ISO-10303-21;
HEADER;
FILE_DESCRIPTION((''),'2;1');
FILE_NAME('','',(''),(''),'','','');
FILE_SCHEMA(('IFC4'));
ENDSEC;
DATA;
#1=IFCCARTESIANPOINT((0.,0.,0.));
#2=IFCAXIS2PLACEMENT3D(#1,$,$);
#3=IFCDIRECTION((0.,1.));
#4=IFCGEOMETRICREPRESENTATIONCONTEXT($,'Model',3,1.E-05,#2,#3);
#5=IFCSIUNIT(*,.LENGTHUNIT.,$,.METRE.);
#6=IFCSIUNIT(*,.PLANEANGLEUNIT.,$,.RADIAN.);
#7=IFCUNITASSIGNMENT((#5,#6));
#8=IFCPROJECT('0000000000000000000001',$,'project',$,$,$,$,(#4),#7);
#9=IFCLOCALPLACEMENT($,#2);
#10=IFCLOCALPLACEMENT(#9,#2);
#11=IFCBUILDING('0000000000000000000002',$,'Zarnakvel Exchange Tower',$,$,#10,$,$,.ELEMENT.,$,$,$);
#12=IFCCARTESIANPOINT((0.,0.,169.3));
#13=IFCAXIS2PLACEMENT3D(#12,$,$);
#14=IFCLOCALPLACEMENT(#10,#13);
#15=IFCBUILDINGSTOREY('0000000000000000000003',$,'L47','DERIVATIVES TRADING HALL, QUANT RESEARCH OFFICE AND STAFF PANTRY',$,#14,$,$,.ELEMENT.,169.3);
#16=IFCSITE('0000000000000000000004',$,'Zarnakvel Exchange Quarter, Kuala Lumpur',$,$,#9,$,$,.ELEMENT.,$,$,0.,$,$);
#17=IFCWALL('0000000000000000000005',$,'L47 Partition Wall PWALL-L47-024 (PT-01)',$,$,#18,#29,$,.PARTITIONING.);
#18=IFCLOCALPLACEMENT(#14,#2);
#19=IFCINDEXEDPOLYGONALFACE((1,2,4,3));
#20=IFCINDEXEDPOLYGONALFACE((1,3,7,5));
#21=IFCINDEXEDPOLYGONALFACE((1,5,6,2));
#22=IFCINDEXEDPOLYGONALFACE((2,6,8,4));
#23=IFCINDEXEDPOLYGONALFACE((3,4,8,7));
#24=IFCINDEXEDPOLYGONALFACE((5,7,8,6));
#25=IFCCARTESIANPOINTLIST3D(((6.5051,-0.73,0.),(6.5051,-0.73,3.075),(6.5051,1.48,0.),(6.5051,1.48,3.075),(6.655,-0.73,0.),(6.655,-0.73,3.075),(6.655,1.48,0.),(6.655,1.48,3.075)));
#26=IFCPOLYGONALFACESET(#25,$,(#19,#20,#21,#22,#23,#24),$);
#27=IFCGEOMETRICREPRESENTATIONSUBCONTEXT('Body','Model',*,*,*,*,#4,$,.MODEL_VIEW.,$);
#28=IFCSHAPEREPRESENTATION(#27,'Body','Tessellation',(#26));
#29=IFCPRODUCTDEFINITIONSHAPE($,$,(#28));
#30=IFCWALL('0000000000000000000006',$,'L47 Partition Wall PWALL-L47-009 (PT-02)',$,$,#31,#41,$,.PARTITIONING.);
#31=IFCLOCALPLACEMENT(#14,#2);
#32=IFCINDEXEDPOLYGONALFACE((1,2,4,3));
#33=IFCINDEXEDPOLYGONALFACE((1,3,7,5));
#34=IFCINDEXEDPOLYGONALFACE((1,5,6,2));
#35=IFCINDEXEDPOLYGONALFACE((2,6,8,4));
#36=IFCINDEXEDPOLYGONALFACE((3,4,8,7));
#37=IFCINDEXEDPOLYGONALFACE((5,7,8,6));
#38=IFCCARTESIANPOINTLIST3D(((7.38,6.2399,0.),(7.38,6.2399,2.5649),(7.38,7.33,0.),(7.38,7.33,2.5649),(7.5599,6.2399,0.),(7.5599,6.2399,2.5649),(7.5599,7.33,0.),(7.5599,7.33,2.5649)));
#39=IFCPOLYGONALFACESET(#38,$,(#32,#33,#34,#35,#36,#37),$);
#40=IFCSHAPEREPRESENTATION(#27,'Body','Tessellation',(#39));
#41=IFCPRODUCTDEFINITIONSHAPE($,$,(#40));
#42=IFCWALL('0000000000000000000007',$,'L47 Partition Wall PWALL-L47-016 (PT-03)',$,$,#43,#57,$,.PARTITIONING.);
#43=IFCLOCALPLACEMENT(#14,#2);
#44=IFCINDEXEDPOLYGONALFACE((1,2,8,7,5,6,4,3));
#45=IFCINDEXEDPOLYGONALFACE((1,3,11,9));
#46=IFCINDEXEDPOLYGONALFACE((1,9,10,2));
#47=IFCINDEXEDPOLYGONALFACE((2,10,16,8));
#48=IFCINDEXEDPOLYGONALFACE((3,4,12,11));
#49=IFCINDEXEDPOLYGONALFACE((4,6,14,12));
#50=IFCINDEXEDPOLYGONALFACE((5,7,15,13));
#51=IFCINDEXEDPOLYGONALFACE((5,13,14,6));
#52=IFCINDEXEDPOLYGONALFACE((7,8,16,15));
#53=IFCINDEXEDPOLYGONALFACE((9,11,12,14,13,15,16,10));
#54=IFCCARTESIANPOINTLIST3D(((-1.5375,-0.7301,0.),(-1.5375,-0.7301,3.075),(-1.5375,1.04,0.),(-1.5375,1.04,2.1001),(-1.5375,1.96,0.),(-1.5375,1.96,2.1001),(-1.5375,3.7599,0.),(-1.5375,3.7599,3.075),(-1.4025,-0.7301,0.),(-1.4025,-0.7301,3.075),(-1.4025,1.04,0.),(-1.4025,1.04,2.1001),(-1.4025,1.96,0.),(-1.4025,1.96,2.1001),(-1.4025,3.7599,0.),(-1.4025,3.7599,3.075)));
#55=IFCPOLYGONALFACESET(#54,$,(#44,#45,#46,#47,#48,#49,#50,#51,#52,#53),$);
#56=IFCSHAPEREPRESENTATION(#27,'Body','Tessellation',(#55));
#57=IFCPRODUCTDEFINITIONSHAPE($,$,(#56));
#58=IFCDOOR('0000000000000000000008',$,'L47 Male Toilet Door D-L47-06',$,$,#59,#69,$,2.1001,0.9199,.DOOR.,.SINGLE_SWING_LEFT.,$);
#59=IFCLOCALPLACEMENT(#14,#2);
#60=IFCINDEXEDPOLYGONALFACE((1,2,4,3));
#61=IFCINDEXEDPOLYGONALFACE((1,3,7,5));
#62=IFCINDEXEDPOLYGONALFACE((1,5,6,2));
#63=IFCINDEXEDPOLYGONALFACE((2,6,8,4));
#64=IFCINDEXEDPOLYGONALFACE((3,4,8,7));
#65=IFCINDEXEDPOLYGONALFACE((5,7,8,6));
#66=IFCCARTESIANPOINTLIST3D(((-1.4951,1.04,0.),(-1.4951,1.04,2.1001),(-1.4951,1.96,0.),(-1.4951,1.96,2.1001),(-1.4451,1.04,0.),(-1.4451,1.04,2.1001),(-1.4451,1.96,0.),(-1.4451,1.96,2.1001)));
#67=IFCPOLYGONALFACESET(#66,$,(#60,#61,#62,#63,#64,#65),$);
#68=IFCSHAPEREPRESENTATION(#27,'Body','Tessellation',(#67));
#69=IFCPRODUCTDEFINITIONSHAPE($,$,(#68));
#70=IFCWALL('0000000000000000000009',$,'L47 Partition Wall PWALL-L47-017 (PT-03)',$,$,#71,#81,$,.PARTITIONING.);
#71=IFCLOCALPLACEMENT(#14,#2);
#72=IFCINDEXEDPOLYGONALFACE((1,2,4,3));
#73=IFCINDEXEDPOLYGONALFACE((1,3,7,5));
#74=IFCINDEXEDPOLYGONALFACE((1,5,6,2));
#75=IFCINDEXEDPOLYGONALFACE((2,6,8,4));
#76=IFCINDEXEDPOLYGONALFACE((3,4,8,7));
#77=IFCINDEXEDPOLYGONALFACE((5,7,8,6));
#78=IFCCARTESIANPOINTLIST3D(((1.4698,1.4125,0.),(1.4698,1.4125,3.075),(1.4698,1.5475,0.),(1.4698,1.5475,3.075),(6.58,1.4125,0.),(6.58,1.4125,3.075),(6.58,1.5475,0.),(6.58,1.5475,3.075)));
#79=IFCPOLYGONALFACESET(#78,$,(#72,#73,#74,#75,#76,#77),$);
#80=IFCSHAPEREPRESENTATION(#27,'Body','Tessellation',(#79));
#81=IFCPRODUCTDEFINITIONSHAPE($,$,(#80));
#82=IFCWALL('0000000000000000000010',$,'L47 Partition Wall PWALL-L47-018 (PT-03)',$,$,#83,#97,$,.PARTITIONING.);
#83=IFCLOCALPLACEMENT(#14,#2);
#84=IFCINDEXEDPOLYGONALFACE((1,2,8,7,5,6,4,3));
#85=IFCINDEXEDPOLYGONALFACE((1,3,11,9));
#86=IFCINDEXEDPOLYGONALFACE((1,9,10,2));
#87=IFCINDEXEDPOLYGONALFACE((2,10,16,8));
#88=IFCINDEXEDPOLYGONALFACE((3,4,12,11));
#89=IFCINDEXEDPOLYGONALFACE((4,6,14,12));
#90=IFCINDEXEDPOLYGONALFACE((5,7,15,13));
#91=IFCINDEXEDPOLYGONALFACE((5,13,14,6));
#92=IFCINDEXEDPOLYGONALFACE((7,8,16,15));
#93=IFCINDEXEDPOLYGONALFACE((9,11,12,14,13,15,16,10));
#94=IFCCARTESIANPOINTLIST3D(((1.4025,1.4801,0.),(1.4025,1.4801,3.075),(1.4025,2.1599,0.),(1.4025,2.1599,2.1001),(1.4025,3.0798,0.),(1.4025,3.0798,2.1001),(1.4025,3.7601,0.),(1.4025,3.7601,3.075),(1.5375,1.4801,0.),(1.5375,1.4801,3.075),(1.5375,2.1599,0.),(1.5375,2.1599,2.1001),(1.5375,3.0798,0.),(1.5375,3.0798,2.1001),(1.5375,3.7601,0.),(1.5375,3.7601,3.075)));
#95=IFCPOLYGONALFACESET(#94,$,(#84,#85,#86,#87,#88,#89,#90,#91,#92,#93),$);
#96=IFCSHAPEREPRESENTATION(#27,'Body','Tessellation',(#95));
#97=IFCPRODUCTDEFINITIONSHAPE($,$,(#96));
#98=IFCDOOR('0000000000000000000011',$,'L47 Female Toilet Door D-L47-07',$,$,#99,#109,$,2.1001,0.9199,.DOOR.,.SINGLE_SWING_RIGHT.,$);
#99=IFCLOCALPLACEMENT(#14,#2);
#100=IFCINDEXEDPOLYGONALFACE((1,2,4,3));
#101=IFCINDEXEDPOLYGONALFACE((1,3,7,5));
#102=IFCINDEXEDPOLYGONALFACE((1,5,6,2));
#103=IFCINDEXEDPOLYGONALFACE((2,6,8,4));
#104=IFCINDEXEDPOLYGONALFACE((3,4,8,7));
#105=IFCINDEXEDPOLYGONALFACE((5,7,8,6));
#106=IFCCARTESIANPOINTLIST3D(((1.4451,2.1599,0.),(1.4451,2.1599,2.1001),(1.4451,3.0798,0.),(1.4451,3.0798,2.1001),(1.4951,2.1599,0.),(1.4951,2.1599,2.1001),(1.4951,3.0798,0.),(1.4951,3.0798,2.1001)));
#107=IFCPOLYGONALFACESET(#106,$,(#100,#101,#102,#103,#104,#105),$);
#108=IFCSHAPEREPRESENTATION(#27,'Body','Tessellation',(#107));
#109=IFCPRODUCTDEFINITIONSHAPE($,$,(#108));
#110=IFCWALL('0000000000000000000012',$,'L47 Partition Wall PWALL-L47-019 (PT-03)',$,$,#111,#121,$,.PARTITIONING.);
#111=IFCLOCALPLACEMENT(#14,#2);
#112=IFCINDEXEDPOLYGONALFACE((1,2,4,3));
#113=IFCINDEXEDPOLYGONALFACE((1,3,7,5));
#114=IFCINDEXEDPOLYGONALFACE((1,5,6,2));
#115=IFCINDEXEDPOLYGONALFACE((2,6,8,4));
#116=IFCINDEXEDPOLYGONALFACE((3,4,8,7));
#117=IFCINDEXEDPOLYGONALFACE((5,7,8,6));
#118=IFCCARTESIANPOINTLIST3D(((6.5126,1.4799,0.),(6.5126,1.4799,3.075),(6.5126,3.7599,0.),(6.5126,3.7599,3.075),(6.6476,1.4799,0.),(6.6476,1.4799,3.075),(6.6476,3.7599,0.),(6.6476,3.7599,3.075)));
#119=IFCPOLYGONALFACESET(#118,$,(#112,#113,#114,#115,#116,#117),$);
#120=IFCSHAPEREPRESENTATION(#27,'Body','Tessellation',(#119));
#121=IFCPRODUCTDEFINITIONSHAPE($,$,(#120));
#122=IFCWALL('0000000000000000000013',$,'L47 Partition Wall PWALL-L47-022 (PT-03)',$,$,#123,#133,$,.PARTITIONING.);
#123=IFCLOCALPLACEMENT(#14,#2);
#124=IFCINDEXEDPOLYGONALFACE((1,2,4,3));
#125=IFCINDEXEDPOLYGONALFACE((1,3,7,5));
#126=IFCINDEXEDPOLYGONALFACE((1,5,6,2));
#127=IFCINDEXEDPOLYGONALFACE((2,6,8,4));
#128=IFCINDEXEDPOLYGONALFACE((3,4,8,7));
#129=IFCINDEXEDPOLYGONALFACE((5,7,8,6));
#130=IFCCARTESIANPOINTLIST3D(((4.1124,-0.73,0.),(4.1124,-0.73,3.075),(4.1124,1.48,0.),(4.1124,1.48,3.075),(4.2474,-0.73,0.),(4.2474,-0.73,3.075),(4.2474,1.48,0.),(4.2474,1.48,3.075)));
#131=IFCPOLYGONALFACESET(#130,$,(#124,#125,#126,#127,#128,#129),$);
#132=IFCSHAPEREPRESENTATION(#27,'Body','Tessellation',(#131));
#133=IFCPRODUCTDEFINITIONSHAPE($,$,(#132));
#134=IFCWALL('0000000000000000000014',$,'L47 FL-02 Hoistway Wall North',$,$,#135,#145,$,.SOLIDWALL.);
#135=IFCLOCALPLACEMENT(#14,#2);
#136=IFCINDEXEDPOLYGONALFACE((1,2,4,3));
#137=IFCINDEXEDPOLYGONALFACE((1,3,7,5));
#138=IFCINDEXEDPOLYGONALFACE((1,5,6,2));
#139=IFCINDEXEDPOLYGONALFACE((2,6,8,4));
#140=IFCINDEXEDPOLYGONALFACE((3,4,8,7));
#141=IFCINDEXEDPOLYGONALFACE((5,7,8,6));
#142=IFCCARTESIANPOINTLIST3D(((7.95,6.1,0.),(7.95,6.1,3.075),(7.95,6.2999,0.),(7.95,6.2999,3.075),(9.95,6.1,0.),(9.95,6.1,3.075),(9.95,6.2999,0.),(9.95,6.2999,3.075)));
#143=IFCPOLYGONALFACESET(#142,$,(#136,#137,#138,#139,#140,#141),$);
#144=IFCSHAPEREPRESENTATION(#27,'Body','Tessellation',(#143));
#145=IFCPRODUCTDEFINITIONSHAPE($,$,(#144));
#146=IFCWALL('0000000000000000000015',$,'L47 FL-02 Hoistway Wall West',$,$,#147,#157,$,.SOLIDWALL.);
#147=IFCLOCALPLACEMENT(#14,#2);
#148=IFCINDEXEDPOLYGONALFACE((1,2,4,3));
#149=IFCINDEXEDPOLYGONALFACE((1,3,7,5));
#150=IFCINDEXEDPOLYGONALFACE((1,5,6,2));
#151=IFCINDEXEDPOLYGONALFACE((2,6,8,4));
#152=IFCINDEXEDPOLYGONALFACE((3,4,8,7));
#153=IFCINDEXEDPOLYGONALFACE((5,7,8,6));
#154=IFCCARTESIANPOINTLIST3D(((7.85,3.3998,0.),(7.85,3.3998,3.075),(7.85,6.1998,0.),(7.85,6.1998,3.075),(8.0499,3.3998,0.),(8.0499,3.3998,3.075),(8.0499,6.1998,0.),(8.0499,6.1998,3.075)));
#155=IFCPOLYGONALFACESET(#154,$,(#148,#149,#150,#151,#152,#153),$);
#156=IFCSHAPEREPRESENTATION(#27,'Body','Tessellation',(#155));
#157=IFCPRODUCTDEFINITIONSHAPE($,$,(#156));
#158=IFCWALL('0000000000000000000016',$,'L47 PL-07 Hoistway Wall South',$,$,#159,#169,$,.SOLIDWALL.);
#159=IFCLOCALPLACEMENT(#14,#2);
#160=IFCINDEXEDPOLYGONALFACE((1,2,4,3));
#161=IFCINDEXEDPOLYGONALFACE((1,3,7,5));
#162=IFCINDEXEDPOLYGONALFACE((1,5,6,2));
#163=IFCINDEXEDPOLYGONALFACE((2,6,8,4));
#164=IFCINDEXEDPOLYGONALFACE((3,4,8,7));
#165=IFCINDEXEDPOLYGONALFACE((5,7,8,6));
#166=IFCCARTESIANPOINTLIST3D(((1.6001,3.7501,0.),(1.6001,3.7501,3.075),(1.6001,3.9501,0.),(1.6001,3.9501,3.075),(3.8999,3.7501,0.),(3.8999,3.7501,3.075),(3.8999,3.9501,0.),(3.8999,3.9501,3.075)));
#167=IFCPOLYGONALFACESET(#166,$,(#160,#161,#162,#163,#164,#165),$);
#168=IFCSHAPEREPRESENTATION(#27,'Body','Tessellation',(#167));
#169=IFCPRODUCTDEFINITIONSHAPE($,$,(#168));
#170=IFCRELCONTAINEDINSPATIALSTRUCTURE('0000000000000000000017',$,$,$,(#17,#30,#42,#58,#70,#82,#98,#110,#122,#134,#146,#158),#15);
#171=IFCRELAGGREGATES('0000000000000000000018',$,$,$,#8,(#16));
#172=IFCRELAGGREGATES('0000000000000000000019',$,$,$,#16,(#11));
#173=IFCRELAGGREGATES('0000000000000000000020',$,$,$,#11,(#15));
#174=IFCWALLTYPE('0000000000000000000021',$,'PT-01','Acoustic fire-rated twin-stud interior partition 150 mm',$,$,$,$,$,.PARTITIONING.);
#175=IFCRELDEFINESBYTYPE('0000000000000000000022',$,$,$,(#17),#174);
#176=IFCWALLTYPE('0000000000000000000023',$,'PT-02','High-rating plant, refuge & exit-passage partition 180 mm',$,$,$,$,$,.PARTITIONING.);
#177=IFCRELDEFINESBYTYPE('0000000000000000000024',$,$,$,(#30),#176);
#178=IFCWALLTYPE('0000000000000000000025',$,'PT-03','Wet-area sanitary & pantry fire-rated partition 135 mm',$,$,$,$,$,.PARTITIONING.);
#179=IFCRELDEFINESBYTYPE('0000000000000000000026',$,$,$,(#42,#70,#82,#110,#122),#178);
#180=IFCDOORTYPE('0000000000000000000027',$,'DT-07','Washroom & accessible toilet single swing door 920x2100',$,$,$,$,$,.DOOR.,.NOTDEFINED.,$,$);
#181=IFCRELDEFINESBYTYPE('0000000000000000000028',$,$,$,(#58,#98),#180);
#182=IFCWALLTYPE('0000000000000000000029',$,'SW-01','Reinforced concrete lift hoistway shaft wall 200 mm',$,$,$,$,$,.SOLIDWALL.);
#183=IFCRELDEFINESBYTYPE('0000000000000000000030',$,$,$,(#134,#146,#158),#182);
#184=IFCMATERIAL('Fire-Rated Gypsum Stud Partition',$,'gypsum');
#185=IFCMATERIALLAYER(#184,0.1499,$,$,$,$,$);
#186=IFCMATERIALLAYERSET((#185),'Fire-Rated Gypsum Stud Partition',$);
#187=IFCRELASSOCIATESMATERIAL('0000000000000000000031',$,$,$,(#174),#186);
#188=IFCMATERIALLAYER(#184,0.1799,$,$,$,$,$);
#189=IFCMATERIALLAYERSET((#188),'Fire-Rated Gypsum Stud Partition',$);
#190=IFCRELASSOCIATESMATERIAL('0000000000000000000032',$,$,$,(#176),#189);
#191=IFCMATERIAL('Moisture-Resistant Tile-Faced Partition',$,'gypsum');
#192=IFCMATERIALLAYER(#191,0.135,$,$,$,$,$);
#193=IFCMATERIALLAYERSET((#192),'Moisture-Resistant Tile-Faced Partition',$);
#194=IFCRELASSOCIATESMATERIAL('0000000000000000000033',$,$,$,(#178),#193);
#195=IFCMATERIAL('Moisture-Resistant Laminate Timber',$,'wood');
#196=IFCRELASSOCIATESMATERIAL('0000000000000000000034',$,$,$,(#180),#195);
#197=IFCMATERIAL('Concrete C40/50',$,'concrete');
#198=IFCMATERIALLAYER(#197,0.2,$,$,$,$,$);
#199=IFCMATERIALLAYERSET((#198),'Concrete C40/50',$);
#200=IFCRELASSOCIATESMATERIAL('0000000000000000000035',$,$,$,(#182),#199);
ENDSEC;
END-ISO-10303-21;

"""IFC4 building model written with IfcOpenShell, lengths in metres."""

from ifc_helpers import new_model, si_unit, direction, frame, frame_2d, origin, place, context, subcontext, project, spatial, rectangle, extrude, source, transform, mapped, material, layer, layer_set, type_object, element, fill, save


model = new_model("IFC4")

# Units and contexts
model_context = context("Model", 3, precision=1e-05, world=origin(), true_north=direction((0.0, 1.0)))
body_context = subcontext(model_context, "Body", "Model", "MODEL_VIEW")
ifc_project = project(units=[si_unit("LENGTHUNIT", "METRE"), si_unit("PLANEANGLEUNIT", "RADIAN")], contexts=[model_context])

# Site, building, storey
site_placement = place(None, origin())
site = spatial("IfcSite", under=ifc_project, at=site_placement, Name="Zarnakvel Exchange Quarter, Kuala Lumpur", CompositionType="ELEMENT", RefElevation=0.0)
building_placement = place(site_placement, origin())
building = spatial("IfcBuilding", under=site, at=building_placement, Name="Zarnakvel Exchange Tower", CompositionType="ELEMENT")
storey_placement = place(building_placement, frame((0.0, 0.0, 169.3)))
storey = spatial("IfcBuildingStorey", under=building, at=storey_placement, Name="L47", Description="DERIVATIVES TRADING HALL, QUANT RESEARCH OFFICE AND STAFF PANTRY", CompositionType="ELEMENT", Elevation=169.3)

# Walls
ifc_material_1 = material(Name="Fire-Rated Gypsum Stud Partition", Category="gypsum")
ifc_layer_1 = layer(ifc_material_1, 0.1499)
ifc_layer_set_1 = layer_set([ifc_layer_1], Name="Fire-Rated Gypsum Stud Partition")
wall_type_1 = type_object("IfcWallType", Name="PT-01", Description="Acoustic fire-rated twin-stud interior partition 150 mm", PredefinedType="PARTITIONING", material=ifc_layer_set_1)
wall_1_placement = place(storey_placement, frame((6.5801, 1.48, 0.0), z_axis=(0.0, 0.0, 1.0), x_axis=(0.0, -1.0, 0.0)))
element("IfcWall", 1, at=wall_1_placement, inside=storey, type_object=wall_type_1, Name="L47 Partition Wall PWALL-L47-024 (PT-01)", PredefinedType="PARTITIONING", context=body_context, shape_type="SweptSolid", body=[
    extrude(rectangle(XDim=2.21, YDim=0.1499, at=frame_2d((1.105, 0.0))), origin(), (0.0, 0.0, 1.0), 3.075),
])
ifc_layer_2 = layer(ifc_material_1, 0.1799)
ifc_layer_set_2 = layer_set([ifc_layer_2], Name="Fire-Rated Gypsum Stud Partition")
wall_type_2 = type_object("IfcWallType", Name="PT-02", Description="High-rating plant, refuge & exit-passage partition 180 mm", PredefinedType="PARTITIONING", material=ifc_layer_set_2)
wall_2_placement = place(storey_placement, frame((7.47, 6.24, 0.0), z_axis=(0.0, 0.0, 1.0), x_axis=(0.0, 1.0, 0.0)))
element("IfcWall", 2, at=wall_2_placement, inside=storey, type_object=wall_type_2, Name="L47 Partition Wall PWALL-L47-009 (PT-02)", PredefinedType="PARTITIONING", context=body_context, shape_type="SweptSolid", body=[
    extrude(rectangle(XDim=1.0901, YDim=0.1799, at=frame_2d((0.5449, 0.0))), origin(), (0.0, 0.0, 1.0), 2.5649),
])

# Wall, opening, door
ifc_material_2 = material(Name="Moisture-Resistant Tile-Faced Partition", Category="gypsum")
ifc_layer_3 = layer(ifc_material_2, 0.135)
ifc_layer_set_3 = layer_set([ifc_layer_3], Name="Moisture-Resistant Tile-Faced Partition")
wall_type_3 = type_object("IfcWallType", Name="PT-03", Description="Wet-area sanitary & pantry fire-rated partition 135 mm", PredefinedType="PARTITIONING", material=ifc_layer_set_3)
wall_3_placement = place(storey_placement, frame((-1.47, 3.76, 0.0), z_axis=(0.0, 0.0, 1.0), x_axis=(0.0, -1.0, 0.0)))
wall_3 = element("IfcWall", 3, at=wall_3_placement, inside=storey, type_object=wall_type_3, Name="L47 Partition Wall PWALL-L47-016 (PT-03)", PredefinedType="PARTITIONING", context=body_context, shape_type="SweptSolid", body=[
    extrude(rectangle(XDim=4.49, YDim=0.135, at=frame_2d((2.2451, 0.0))), origin(), (0.0, 0.0, 1.0), 3.075),
])
opening_1_placement = place(wall_3_placement, frame((1.8, 0.0, 0.0)))
opening_1 = element("IfcOpeningElement", 4, at=opening_1_placement, cuts=wall_3, PredefinedType="OPENING", context=body_context, shape_type="SweptSolid", body=[
    extrude(rectangle(XDim=0.9199, YDim=2.1001, at=frame_2d((0.46, 1.05))), frame((0.0, 0.0774, 0.0), z_axis=(0.0, -1.0, 0.0), x_axis=(1.0, 0.0, 0.0)), (0.0, 0.0, 1.0), 0.155),
])
ifc_material_3 = material(Name="Moisture-Resistant Laminate Timber", Category="wood")
door_type_1 = type_object("IfcDoorType", Name="DT-07", Description="Washroom & accessible toilet single swing door 920x2100", OperationType="NOTDEFINED", PredefinedType="DOOR", material=ifc_material_3)
shared_shape_1 = source(origin(), body_context, "Body", "SweptSolid", [
    extrude(rectangle(XDim=0.9199, YDim=2.1001, at=frame_2d((0.46, 1.05))), frame((0.0, 0.0249, 0.0), z_axis=(0.0, -1.0, 0.0), x_axis=(1.0, 0.0, 0.0)), (0.0, 0.0, 1.0), 0.05),
])
door_1_placement = place(opening_1_placement, origin())
door_1 = element("IfcDoor", 5, at=door_1_placement, inside=storey, type_object=door_type_1, Name="L47 Male Toilet Door D-L47-06", OperationType="SINGLE_SWING_LEFT", OverallHeight=2.1001, OverallWidth=0.9199, PredefinedType="DOOR", context=body_context, shape_type="MappedRepresentation", body=[
    mapped(shared_shape_1, transform((0.0, 0.0, 0.0), x_axis=(1.0, 0.0, 0.0), y_axis=(0.0, 1.0, 0.0), z_axis=(0.0, 0.0, 1.0), scale=1.0)),
])
fill(opening_1, door_1)

# Wall
wall_4_placement = place(storey_placement, frame((6.5801, 1.48, 0.0), z_axis=(0.0, 0.0, 1.0), x_axis=(-1.0, 0.0, 0.0)))
element("IfcWall", 6, at=wall_4_placement, inside=storey, type_object=wall_type_3, Name="L47 Partition Wall PWALL-L47-017 (PT-03)", PredefinedType="PARTITIONING", context=body_context, shape_type="SweptSolid", body=[
    extrude(rectangle(XDim=5.1101, YDim=0.135, at=frame_2d((2.5552, 0.0))), origin(), (0.0, 0.0, 1.0), 3.075),
])

# Wall, opening, door
wall_5_placement = place(storey_placement, frame((1.47, 1.48, 0.0), z_axis=(0.0, 0.0, 1.0), x_axis=(0.0, 1.0, 0.0)))
wall_5 = element("IfcWall", 7, at=wall_5_placement, inside=storey, type_object=wall_type_3, Name="L47 Partition Wall PWALL-L47-018 (PT-03)", PredefinedType="PARTITIONING", context=body_context, shape_type="SweptSolid", body=[
    extrude(rectangle(XDim=2.28, YDim=0.135, at=frame_2d((1.1401, 0.0))), origin(), (0.0, 0.0, 1.0), 3.075),
])
opening_2_placement = place(wall_5_placement, frame((0.6799, 0.0, 0.0)))
opening_2 = element("IfcOpeningElement", 8, at=opening_2_placement, cuts=wall_5, PredefinedType="OPENING", context=body_context, shape_type="SweptSolid", body=[
    extrude(rectangle(XDim=0.9199, YDim=2.1001, at=frame_2d((0.46, 1.05))), frame((0.0, 0.0774, 0.0), z_axis=(0.0, -1.0, 0.0), x_axis=(1.0, 0.0, 0.0)), (0.0, 0.0, 1.0), 0.155),
])
door_2_placement = place(opening_2_placement, origin())
door_2 = element("IfcDoor", 9, at=door_2_placement, inside=storey, type_object=door_type_1, Name="L47 Female Toilet Door D-L47-07", OperationType="SINGLE_SWING_RIGHT", OverallHeight=2.1001, OverallWidth=0.9199, PredefinedType="DOOR", context=body_context, shape_type="MappedRepresentation", body=[
    mapped(shared_shape_1, transform((0.0, 0.0, 0.0), x_axis=(1.0, 0.0, 0.0), y_axis=(0.0, 1.0, 0.0), z_axis=(0.0, 0.0, 1.0), scale=1.0)),
])
fill(opening_2, door_2)

# Walls
wall_6_placement = place(storey_placement, frame((6.5801, 3.76, 0.0), z_axis=(0.0, 0.0, 1.0), x_axis=(0.0, -1.0, 0.0)))
element("IfcWall", 10, at=wall_6_placement, inside=storey, type_object=wall_type_3, Name="L47 Partition Wall PWALL-L47-019 (PT-03)", PredefinedType="PARTITIONING", context=body_context, shape_type="SweptSolid", body=[
    extrude(rectangle(XDim=2.28, YDim=0.135, at=frame_2d((1.1401, 0.0))), origin(), (0.0, 0.0, 1.0), 3.075),
])
wall_7_placement = place(storey_placement, frame((4.1799, 1.48, 0.0), z_axis=(0.0, 0.0, 1.0), x_axis=(0.0, -1.0, 0.0)))
element("IfcWall", 11, at=wall_7_placement, inside=storey, type_object=wall_type_3, Name="L47 Partition Wall PWALL-L47-022 (PT-03)", PredefinedType="PARTITIONING", context=body_context, shape_type="SweptSolid", body=[
    extrude(rectangle(XDim=2.21, YDim=0.135, at=frame_2d((1.105, 0.0))), origin(), (0.0, 0.0, 1.0), 3.075),
])
ifc_material_4 = material(Name="Concrete C40/50", Category="concrete")
ifc_layer_4 = layer(ifc_material_4, 0.2)
ifc_layer_set_4 = layer_set([ifc_layer_4], Name="Concrete C40/50")
wall_type_4 = type_object("IfcWallType", Name="SW-01", Description="Reinforced concrete lift hoistway shaft wall 200 mm", PredefinedType="SOLIDWALL", material=ifc_layer_set_4)
wall_8_placement = place(storey_placement, frame((7.95, 6.2, 0.0), z_axis=(0.0, 0.0, 1.0), x_axis=(1.0, 0.0, 0.0)))
element("IfcWall", 12, at=wall_8_placement, inside=storey, type_object=wall_type_4, Name="L47 FL-02 Hoistway Wall North", PredefinedType="SOLIDWALL", context=body_context, shape_type="SweptSolid", body=[
    extrude(rectangle(XDim=2.0, YDim=0.2, at=frame_2d((1.0, 0.0))), origin(), (0.0, 0.0, 1.0), 3.075),
])
wall_9_placement = place(storey_placement, frame((7.95, 3.3999, 0.0), z_axis=(0.0, 0.0, 1.0), x_axis=(0.0, 1.0, 0.0)))
element("IfcWall", 13, at=wall_9_placement, inside=storey, type_object=wall_type_4, Name="L47 FL-02 Hoistway Wall West", PredefinedType="SOLIDWALL", context=body_context, shape_type="SweptSolid", body=[
    extrude(rectangle(XDim=2.8, YDim=0.2, at=frame_2d((1.3999, 0.0))), origin(), (0.0, 0.0, 1.0), 3.075),
])
wall_10_placement = place(storey_placement, frame((3.8999, 3.8501, 0.0), z_axis=(0.0, 0.0, 1.0), x_axis=(-1.0, 0.0, 0.0)))
element("IfcWall", 14, at=wall_10_placement, inside=storey, type_object=wall_type_4, Name="L47 PL-07 Hoistway Wall South", PredefinedType="SOLIDWALL", context=body_context, shape_type="SweptSolid", body=[
    extrude(rectangle(XDim=2.2998, YDim=0.2, at=frame_2d((1.1499, 0.0))), origin(), (0.0, 0.0, 1.0), 3.075),
])

save(model, "model.ifc")
